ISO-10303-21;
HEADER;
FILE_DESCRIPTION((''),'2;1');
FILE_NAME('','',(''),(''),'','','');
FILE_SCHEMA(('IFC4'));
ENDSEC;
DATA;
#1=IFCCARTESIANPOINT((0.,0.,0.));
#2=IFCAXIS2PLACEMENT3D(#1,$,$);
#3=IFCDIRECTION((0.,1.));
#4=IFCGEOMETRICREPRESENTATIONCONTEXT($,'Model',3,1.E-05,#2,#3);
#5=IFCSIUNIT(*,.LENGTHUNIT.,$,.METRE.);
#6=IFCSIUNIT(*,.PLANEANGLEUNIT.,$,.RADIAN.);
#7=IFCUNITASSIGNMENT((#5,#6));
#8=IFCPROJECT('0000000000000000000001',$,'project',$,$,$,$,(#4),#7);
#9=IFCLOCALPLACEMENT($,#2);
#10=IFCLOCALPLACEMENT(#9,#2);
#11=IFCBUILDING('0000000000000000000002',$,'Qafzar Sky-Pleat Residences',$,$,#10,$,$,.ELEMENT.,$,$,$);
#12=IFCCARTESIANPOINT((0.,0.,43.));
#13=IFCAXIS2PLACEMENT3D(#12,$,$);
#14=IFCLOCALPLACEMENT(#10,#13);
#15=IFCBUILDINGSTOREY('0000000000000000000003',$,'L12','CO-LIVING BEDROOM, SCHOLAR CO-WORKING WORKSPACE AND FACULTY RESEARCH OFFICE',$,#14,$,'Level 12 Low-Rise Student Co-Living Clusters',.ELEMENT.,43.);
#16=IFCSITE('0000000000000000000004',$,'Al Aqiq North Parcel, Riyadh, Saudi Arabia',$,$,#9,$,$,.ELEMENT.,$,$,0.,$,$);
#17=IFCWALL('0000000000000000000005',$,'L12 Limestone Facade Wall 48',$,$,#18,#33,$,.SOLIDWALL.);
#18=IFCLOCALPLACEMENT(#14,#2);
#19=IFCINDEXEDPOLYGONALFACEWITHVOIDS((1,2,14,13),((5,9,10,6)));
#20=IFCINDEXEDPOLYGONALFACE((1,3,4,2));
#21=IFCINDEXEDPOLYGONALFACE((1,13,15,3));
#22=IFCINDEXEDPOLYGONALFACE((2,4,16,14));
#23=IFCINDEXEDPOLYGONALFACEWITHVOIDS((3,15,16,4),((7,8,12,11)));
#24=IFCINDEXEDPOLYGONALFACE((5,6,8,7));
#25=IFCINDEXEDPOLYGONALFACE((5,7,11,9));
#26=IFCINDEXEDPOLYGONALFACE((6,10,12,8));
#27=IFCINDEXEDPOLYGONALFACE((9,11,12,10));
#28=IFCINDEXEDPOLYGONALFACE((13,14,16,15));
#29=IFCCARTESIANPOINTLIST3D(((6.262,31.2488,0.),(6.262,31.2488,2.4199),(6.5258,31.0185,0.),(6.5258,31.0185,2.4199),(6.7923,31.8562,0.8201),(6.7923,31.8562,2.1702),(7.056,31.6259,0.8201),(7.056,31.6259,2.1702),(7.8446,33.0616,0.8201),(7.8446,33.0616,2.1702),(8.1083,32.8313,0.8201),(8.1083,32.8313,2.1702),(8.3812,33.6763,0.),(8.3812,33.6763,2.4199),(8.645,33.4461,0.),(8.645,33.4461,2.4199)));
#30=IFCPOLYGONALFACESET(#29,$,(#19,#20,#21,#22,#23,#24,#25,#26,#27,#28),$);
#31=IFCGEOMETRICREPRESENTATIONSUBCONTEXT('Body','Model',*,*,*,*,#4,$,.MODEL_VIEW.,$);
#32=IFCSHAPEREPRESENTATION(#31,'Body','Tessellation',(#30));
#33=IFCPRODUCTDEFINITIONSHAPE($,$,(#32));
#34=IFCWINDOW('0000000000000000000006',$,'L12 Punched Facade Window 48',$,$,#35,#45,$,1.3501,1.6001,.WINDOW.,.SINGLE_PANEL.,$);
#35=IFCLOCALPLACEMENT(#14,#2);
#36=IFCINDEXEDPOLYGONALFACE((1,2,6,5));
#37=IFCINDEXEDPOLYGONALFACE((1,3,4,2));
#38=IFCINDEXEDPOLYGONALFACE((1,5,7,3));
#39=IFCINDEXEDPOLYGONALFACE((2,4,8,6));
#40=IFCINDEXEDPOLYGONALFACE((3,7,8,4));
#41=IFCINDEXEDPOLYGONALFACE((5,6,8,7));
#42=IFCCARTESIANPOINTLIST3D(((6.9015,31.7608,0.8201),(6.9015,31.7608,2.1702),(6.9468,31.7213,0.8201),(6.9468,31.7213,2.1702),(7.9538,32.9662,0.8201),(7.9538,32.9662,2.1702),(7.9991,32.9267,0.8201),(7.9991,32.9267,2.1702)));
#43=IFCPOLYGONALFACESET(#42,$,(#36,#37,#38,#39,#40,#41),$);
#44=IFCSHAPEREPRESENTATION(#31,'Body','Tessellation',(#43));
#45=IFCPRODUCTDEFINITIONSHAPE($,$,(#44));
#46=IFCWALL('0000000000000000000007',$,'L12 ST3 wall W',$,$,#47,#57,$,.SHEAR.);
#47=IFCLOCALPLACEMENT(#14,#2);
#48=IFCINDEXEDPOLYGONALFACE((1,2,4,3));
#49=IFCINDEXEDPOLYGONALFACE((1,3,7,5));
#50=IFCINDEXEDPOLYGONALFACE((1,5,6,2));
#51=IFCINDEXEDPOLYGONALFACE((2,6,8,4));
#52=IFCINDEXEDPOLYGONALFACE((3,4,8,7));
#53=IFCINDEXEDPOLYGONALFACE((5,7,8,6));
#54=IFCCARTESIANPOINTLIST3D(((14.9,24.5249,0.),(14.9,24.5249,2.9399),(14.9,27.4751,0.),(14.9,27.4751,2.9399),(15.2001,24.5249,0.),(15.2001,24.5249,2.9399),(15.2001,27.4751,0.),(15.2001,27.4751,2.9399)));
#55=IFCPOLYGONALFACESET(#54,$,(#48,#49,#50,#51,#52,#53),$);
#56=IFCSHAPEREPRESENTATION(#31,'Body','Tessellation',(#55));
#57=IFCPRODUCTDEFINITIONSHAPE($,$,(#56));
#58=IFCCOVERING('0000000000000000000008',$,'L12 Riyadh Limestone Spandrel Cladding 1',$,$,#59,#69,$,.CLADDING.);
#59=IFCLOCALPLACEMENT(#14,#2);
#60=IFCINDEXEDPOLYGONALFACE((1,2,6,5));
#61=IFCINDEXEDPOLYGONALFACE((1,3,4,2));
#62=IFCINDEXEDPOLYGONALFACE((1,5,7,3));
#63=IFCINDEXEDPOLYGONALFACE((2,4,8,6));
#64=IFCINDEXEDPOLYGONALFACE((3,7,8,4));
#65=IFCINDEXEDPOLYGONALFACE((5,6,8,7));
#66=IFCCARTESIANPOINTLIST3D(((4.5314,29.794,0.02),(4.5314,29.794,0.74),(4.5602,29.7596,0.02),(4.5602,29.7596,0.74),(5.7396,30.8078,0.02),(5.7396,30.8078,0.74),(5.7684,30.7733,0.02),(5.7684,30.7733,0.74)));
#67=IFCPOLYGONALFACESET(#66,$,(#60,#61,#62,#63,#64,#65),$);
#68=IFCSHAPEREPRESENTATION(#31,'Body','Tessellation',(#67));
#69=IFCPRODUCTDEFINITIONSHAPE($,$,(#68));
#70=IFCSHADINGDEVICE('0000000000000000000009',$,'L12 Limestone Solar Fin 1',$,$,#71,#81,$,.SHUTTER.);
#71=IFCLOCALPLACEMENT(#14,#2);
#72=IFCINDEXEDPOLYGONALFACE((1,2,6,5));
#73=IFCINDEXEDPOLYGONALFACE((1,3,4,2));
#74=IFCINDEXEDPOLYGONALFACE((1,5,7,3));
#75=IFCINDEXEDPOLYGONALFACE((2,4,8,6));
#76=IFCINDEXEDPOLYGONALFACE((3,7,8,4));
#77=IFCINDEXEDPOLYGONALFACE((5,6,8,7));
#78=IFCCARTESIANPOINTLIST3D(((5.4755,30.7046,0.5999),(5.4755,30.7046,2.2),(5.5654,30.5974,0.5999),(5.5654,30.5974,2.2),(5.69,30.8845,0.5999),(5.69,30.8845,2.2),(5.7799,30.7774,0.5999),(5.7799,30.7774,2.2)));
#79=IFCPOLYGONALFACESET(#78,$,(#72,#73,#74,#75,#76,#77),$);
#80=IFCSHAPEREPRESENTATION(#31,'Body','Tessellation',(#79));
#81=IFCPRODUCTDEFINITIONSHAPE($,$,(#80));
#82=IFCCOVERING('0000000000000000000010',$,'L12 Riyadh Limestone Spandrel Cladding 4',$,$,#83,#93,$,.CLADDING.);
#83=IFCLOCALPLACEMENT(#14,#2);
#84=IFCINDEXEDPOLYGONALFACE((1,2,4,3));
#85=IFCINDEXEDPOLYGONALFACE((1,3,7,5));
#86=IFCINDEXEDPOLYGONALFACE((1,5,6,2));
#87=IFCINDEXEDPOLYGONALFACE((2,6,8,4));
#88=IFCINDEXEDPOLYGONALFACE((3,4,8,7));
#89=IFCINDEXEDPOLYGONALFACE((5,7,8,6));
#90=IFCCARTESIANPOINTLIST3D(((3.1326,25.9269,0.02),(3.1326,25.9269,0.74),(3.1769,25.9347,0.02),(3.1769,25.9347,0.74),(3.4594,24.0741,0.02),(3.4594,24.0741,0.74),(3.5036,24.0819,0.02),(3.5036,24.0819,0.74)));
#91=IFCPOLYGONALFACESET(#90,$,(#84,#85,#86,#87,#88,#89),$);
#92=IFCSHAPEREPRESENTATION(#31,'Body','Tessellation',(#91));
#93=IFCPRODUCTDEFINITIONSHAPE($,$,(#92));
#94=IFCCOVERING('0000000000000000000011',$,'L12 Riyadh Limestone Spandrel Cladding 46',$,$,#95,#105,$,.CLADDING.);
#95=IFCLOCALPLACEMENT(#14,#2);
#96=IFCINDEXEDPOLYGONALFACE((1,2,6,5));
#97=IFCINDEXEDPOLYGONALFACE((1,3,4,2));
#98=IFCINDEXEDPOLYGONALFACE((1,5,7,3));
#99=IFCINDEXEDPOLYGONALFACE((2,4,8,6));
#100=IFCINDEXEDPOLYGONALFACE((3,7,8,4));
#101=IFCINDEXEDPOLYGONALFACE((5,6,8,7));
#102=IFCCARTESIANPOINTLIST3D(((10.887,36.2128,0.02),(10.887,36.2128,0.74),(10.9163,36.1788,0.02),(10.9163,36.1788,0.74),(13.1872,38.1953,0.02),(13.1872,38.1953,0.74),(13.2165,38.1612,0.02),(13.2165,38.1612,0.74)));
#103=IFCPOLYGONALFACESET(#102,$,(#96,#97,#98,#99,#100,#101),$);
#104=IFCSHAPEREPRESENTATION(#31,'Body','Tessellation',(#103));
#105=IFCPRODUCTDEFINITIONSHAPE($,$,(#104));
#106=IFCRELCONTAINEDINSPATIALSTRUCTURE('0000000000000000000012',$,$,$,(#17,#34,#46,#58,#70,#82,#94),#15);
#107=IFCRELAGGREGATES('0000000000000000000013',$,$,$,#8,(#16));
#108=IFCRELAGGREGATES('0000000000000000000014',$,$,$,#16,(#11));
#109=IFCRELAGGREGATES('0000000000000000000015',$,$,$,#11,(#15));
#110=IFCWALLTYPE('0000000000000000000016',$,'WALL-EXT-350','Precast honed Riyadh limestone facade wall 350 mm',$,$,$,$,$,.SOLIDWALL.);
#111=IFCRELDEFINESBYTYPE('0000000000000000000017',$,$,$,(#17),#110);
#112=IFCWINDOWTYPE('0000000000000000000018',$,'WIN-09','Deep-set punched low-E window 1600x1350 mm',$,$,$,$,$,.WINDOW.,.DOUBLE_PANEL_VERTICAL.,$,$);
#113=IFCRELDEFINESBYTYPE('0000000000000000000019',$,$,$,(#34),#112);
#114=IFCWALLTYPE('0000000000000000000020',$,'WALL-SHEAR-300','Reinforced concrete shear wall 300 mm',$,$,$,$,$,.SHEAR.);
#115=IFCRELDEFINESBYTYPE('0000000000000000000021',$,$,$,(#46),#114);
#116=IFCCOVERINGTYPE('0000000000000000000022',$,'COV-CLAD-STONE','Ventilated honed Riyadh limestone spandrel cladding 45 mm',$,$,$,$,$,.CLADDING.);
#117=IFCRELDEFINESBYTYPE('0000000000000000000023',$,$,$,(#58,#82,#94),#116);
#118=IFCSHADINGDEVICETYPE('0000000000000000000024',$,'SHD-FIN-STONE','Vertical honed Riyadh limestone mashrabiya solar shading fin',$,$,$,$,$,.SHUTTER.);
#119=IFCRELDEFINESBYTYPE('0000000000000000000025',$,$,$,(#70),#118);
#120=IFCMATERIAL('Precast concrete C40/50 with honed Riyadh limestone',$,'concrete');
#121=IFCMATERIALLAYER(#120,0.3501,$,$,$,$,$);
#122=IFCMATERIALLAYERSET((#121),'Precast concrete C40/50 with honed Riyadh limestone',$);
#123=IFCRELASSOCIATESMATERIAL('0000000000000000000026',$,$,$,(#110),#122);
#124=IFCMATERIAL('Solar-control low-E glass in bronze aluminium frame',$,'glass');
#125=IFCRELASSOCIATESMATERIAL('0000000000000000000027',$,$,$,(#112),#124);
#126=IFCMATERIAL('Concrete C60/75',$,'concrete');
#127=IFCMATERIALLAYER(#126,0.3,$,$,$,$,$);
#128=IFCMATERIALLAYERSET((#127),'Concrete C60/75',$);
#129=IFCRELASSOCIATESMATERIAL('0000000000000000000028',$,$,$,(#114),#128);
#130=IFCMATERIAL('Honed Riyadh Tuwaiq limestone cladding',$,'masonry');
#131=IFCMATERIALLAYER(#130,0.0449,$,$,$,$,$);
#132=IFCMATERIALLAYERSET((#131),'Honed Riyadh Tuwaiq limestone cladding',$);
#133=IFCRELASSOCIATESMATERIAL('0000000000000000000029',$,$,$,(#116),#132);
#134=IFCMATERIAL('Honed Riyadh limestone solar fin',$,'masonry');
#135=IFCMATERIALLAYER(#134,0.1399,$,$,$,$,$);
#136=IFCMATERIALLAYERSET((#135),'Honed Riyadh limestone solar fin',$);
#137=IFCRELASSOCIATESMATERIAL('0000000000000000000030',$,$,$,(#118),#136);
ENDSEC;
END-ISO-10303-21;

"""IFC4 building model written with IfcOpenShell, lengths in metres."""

from ifc_helpers import new_model, si_unit, direction, frame, frame_2d, origin, origin_2d, place, context, subcontext, project, spatial, rectangle, extrude, source, transform, mapped, material, layer, layer_set, type_object, element, fill, save


model = new_model("IFC4")

# Units and contexts
model_context = context("Model", 3, precision=1e-05, world=origin(), true_north=direction((0.0, 1.0)))
body_context = subcontext(model_context, "Body", "Model", "MODEL_VIEW")
ifc_project = project(units=[si_unit("LENGTHUNIT", "METRE"), si_unit("PLANEANGLEUNIT", "RADIAN")], contexts=[model_context])

# Site, building, storey
site_placement = place(None, origin())
site = spatial("IfcSite", under=ifc_project, at=site_placement, Name="Al Aqiq North Parcel, Riyadh, Saudi Arabia", CompositionType="ELEMENT", RefElevation=0.0)
building_placement = place(site_placement, origin())
building = spatial("IfcBuilding", under=site, at=building_placement, Name="Qafzar Sky-Pleat Residences", CompositionType="ELEMENT")
storey_placement = place(building_placement, frame((0.0, 0.0, 43.0)))
storey = spatial("IfcBuildingStorey", under=building, at=storey_placement, Name="L12", Description="CO-LIVING BEDROOM, SCHOLAR CO-WORKING WORKSPACE AND FACULTY RESEARCH OFFICE", LongName="Level 12 Low-Rise Student Co-Living Clusters", CompositionType="ELEMENT", Elevation=43.0)

# Shared definitions
ifc_material_1 = material(Name="Concrete C60/75", Category="concrete")

# Wall, opening, window
ifc_material_2 = material(Name="Precast concrete C40/50 with honed Riyadh limestone", Category="concrete")
ifc_layer_1 = layer(ifc_material_2, 0.3501)
ifc_layer_set_1 = layer_set([ifc_layer_1], Name="Precast concrete C40/50 with honed Riyadh limestone")
wall_type_1 = type_object("IfcWallType", Name="WALL-EXT-350", Description="Precast honed Riyadh limestone facade wall 350 mm", PredefinedType="SOLIDWALL", material=ifc_layer_set_1)
ifc_material_3 = material(Name="Solar-control low-E glass in bronze aluminium frame", Category="glass")
wall_1_placement = place(storey_placement, frame((8.5132, 33.5613, 0.0), z_axis=(0.0, 0.0, 1.0), x_axis=(-0.657641, -0.753332, 0.0)))
wall_1 = element("IfcWall", 1, at=wall_1_placement, inside=storey, type_object=wall_type_1, Name="L12 Limestone Facade Wall 48", PredefinedType="SOLIDWALL", context=body_context, shape_type="SweptSolid", body=[
    extrude(rectangle(XDim=3.2224, YDim=0.3501, at=frame_2d((1.6113, 0.0))), origin(), (0.0, 0.0, 1.0), 2.4199),
])
opening_1_placement = place(wall_1_placement, frame((0.8162, 0.0, 0.8201)))
opening_1 = element("IfcOpeningElement", 2, at=opening_1_placement, cuts=wall_1, PredefinedType="OPENING", context=body_context, shape_type="SweptSolid", body=[
    extrude(rectangle(XDim=1.6001, YDim=1.3501, at=frame_2d((0.8, 0.675))), frame((0.0, 0.1851, 0.0), z_axis=(0.0, -1.0, 0.0), x_axis=(1.0, 0.0, 0.0)), (0.0, 0.0, 1.0), 0.3701),
])
window_type_1 = type_object("IfcWindowType", Name="WIN-09", Description="Deep-set punched low-E window 1600x1350 mm", PartitioningType="DOUBLE_PANEL_VERTICAL", PredefinedType="WINDOW", material=ifc_material_3)
shared_shape_1 = source(origin(), body_context, "Body", "SweptSolid", [
    extrude(rectangle(XDim=1.6001, YDim=1.3501, at=frame_2d((0.8, 0.675))), frame((0.0, 0.03, 0.0), z_axis=(0.0, -1.0, 0.0), x_axis=(1.0, 0.0, 0.0)), (0.0, 0.0, 1.0), 0.0601),
])
window_1_placement = place(opening_1_placement, origin())
window_1 = element("IfcWindow", 3, at=window_1_placement, inside=storey, type_object=window_type_1, Name="L12 Punched Facade Window 48", OverallHeight=1.3501, OverallWidth=1.6001, PartitioningType="SINGLE_PANEL", PredefinedType="WINDOW", context=body_context, shape_type="MappedRepresentation", body=[
    mapped(shared_shape_1, transform((0.0, 0.0, 0.0), x_axis=(1.0, 0.0, 0.0), y_axis=(0.0, 1.0, 0.0), z_axis=(0.0, 0.0, 1.0), scale=1.0)),
])
fill(opening_1, window_1)

# Wall
ifc_layer_2 = layer(ifc_material_1, 0.3)
ifc_layer_set_2 = layer_set([ifc_layer_2], Name="Concrete C60/75")
wall_type_2 = type_object("IfcWallType", Name="WALL-SHEAR-300", Description="Reinforced concrete shear wall 300 mm", PredefinedType="SHEAR", material=ifc_layer_set_2)
wall_2_placement = place(storey_placement, frame((15.05, 27.4751, 0.0), z_axis=(0.0, 0.0, 1.0), x_axis=(0.0, -1.0, 0.0)))
element("IfcWall", 4, at=wall_2_placement, inside=storey, type_object=wall_type_2, Name="L12 ST3 wall W", PredefinedType="SHEAR", context=body_context, shape_type="SweptSolid", body=[
    extrude(rectangle(XDim=2.9502, YDim=0.3, at=frame_2d((1.4751, 0.0))), origin(), (0.0, 0.0, 1.0), 2.9399),
])

# Covering
ifc_material_4 = material(Name="Honed Riyadh Tuwaiq limestone cladding", Category="masonry")
ifc_layer_3 = layer(ifc_material_4, 0.0449)
ifc_layer_set_3 = layer_set([ifc_layer_3], Name="Honed Riyadh Tuwaiq limestone cladding")
covering_type = type_object("IfcCoveringType", Name="COV-CLAD-STONE", Description="Ventilated honed Riyadh limestone spandrel cladding 45 mm", PredefinedType="CLADDING", material=ifc_layer_set_3)
shared_shape_2 = source(origin(), body_context, "Body", "SweptSolid", [
    extrude(rectangle(XDim=1.5771, YDim=0.0449, at=origin_2d()), origin(), (0.0, 0.0, 1.0), 0.72),
])
covering_1_placement = place(storey_placement, frame((5.1499, 30.2837, 0.02), z_axis=(0.0, 0.0, 1.0), x_axis=(-0.766075, -0.642752, 0.0)))
element("IfcCovering", 5, at=covering_1_placement, inside=storey, type_object=covering_type, Name="L12 Riyadh Limestone Spandrel Cladding 1", PredefinedType="CLADDING", context=body_context, shape_type="MappedRepresentation", body=[
    mapped(shared_shape_2, transform((0.0, 0.0, 0.0), x_axis=(1.0, 0.0, 0.0), y_axis=(0.0, 1.0, 0.0), z_axis=(0.0, 0.0, 1.0), scale=1.0)),
])

# Shading device
ifc_material_5 = material(Name="Honed Riyadh limestone solar fin", Category="masonry")
ifc_layer_4 = layer(ifc_material_5, 0.1399)
ifc_layer_set_4 = layer_set([ifc_layer_4], Name="Honed Riyadh limestone solar fin")
shading_device_type = type_object("IfcShadingDeviceType", Name="SHD-FIN-STONE", Description="Vertical honed Riyadh limestone mashrabiya solar shading fin", PredefinedType="SHUTTER", material=ifc_layer_set_4)
shared_shape_3 = source(origin(), body_context, "Body", "SweptSolid", [
    extrude(rectangle(XDim=0.1399, YDim=0.28, at=origin_2d()), origin(), (0.0, 0.0, 1.0), 1.6001),
])
shading_device_placement = place(storey_placement, frame((5.6277, 30.741, 0.5999), z_axis=(0.0, 0.0, 1.0), x_axis=(-0.642754, 0.766072, 0.0)))
element("IfcShadingDevice", 6, at=shading_device_placement, inside=storey, type_object=shading_device_type, Name="L12 Limestone Solar Fin 1", PredefinedType="SHUTTER", context=body_context, shape_type="MappedRepresentation", body=[
    mapped(shared_shape_3, transform((0.0, 0.0, 0.0), x_axis=(1.0, 0.0, 0.0), y_axis=(0.0, 1.0, 0.0), z_axis=(0.0, 0.0, 1.0), scale=1.0)),
])

# Coverings
shared_shape_4 = source(origin(), body_context, "Body", "SweptSolid", [
    extrude(rectangle(XDim=1.8813, YDim=0.0449, at=origin_2d()), origin(), (0.0, 0.0, 1.0), 0.72),
])
covering_2_placement = place(storey_placement, frame((3.3181, 25.0044, 0.02), z_axis=(0.0, 0.0, 1.0), x_axis=(0.173663, -0.984805, 0.0)))
element("IfcCovering", 7, at=covering_2_placement, inside=storey, type_object=covering_type, Name="L12 Riyadh Limestone Spandrel Cladding 4", PredefinedType="CLADDING", context=body_context, shape_type="MappedRepresentation", body=[
    mapped(shared_shape_4, transform((0.0, 0.0, 0.0), x_axis=(1.0, 0.0, 0.0), y_axis=(0.0, 1.0, 0.0), z_axis=(0.0, 0.0, 1.0), scale=1.0)),
])
shared_shape_5 = source(origin(), body_context, "Body", "SweptSolid", [
    extrude(rectangle(XDim=3.0366, YDim=0.0449, at=origin_2d()), origin(), (0.0, 0.0, 1.0), 0.72),
])
covering_3_placement = place(storey_placement, frame((12.0518, 37.187, 0.02), z_axis=(0.0, 0.0, 1.0), x_axis=(-0.757482, -0.652856, 0.0)))
element("IfcCovering", 8, at=covering_3_placement, inside=storey, type_object=covering_type, Name="L12 Riyadh Limestone Spandrel Cladding 46", PredefinedType="CLADDING", context=body_context, shape_type="MappedRepresentation", body=[
    mapped(shared_shape_5, transform((0.0, 0.0, 0.0), x_axis=(1.0, 0.0, 0.0), y_axis=(0.0, 1.0, 0.0), z_axis=(0.0, 0.0, 1.0), scale=1.0)),
])

save(model, "model.ifc")
